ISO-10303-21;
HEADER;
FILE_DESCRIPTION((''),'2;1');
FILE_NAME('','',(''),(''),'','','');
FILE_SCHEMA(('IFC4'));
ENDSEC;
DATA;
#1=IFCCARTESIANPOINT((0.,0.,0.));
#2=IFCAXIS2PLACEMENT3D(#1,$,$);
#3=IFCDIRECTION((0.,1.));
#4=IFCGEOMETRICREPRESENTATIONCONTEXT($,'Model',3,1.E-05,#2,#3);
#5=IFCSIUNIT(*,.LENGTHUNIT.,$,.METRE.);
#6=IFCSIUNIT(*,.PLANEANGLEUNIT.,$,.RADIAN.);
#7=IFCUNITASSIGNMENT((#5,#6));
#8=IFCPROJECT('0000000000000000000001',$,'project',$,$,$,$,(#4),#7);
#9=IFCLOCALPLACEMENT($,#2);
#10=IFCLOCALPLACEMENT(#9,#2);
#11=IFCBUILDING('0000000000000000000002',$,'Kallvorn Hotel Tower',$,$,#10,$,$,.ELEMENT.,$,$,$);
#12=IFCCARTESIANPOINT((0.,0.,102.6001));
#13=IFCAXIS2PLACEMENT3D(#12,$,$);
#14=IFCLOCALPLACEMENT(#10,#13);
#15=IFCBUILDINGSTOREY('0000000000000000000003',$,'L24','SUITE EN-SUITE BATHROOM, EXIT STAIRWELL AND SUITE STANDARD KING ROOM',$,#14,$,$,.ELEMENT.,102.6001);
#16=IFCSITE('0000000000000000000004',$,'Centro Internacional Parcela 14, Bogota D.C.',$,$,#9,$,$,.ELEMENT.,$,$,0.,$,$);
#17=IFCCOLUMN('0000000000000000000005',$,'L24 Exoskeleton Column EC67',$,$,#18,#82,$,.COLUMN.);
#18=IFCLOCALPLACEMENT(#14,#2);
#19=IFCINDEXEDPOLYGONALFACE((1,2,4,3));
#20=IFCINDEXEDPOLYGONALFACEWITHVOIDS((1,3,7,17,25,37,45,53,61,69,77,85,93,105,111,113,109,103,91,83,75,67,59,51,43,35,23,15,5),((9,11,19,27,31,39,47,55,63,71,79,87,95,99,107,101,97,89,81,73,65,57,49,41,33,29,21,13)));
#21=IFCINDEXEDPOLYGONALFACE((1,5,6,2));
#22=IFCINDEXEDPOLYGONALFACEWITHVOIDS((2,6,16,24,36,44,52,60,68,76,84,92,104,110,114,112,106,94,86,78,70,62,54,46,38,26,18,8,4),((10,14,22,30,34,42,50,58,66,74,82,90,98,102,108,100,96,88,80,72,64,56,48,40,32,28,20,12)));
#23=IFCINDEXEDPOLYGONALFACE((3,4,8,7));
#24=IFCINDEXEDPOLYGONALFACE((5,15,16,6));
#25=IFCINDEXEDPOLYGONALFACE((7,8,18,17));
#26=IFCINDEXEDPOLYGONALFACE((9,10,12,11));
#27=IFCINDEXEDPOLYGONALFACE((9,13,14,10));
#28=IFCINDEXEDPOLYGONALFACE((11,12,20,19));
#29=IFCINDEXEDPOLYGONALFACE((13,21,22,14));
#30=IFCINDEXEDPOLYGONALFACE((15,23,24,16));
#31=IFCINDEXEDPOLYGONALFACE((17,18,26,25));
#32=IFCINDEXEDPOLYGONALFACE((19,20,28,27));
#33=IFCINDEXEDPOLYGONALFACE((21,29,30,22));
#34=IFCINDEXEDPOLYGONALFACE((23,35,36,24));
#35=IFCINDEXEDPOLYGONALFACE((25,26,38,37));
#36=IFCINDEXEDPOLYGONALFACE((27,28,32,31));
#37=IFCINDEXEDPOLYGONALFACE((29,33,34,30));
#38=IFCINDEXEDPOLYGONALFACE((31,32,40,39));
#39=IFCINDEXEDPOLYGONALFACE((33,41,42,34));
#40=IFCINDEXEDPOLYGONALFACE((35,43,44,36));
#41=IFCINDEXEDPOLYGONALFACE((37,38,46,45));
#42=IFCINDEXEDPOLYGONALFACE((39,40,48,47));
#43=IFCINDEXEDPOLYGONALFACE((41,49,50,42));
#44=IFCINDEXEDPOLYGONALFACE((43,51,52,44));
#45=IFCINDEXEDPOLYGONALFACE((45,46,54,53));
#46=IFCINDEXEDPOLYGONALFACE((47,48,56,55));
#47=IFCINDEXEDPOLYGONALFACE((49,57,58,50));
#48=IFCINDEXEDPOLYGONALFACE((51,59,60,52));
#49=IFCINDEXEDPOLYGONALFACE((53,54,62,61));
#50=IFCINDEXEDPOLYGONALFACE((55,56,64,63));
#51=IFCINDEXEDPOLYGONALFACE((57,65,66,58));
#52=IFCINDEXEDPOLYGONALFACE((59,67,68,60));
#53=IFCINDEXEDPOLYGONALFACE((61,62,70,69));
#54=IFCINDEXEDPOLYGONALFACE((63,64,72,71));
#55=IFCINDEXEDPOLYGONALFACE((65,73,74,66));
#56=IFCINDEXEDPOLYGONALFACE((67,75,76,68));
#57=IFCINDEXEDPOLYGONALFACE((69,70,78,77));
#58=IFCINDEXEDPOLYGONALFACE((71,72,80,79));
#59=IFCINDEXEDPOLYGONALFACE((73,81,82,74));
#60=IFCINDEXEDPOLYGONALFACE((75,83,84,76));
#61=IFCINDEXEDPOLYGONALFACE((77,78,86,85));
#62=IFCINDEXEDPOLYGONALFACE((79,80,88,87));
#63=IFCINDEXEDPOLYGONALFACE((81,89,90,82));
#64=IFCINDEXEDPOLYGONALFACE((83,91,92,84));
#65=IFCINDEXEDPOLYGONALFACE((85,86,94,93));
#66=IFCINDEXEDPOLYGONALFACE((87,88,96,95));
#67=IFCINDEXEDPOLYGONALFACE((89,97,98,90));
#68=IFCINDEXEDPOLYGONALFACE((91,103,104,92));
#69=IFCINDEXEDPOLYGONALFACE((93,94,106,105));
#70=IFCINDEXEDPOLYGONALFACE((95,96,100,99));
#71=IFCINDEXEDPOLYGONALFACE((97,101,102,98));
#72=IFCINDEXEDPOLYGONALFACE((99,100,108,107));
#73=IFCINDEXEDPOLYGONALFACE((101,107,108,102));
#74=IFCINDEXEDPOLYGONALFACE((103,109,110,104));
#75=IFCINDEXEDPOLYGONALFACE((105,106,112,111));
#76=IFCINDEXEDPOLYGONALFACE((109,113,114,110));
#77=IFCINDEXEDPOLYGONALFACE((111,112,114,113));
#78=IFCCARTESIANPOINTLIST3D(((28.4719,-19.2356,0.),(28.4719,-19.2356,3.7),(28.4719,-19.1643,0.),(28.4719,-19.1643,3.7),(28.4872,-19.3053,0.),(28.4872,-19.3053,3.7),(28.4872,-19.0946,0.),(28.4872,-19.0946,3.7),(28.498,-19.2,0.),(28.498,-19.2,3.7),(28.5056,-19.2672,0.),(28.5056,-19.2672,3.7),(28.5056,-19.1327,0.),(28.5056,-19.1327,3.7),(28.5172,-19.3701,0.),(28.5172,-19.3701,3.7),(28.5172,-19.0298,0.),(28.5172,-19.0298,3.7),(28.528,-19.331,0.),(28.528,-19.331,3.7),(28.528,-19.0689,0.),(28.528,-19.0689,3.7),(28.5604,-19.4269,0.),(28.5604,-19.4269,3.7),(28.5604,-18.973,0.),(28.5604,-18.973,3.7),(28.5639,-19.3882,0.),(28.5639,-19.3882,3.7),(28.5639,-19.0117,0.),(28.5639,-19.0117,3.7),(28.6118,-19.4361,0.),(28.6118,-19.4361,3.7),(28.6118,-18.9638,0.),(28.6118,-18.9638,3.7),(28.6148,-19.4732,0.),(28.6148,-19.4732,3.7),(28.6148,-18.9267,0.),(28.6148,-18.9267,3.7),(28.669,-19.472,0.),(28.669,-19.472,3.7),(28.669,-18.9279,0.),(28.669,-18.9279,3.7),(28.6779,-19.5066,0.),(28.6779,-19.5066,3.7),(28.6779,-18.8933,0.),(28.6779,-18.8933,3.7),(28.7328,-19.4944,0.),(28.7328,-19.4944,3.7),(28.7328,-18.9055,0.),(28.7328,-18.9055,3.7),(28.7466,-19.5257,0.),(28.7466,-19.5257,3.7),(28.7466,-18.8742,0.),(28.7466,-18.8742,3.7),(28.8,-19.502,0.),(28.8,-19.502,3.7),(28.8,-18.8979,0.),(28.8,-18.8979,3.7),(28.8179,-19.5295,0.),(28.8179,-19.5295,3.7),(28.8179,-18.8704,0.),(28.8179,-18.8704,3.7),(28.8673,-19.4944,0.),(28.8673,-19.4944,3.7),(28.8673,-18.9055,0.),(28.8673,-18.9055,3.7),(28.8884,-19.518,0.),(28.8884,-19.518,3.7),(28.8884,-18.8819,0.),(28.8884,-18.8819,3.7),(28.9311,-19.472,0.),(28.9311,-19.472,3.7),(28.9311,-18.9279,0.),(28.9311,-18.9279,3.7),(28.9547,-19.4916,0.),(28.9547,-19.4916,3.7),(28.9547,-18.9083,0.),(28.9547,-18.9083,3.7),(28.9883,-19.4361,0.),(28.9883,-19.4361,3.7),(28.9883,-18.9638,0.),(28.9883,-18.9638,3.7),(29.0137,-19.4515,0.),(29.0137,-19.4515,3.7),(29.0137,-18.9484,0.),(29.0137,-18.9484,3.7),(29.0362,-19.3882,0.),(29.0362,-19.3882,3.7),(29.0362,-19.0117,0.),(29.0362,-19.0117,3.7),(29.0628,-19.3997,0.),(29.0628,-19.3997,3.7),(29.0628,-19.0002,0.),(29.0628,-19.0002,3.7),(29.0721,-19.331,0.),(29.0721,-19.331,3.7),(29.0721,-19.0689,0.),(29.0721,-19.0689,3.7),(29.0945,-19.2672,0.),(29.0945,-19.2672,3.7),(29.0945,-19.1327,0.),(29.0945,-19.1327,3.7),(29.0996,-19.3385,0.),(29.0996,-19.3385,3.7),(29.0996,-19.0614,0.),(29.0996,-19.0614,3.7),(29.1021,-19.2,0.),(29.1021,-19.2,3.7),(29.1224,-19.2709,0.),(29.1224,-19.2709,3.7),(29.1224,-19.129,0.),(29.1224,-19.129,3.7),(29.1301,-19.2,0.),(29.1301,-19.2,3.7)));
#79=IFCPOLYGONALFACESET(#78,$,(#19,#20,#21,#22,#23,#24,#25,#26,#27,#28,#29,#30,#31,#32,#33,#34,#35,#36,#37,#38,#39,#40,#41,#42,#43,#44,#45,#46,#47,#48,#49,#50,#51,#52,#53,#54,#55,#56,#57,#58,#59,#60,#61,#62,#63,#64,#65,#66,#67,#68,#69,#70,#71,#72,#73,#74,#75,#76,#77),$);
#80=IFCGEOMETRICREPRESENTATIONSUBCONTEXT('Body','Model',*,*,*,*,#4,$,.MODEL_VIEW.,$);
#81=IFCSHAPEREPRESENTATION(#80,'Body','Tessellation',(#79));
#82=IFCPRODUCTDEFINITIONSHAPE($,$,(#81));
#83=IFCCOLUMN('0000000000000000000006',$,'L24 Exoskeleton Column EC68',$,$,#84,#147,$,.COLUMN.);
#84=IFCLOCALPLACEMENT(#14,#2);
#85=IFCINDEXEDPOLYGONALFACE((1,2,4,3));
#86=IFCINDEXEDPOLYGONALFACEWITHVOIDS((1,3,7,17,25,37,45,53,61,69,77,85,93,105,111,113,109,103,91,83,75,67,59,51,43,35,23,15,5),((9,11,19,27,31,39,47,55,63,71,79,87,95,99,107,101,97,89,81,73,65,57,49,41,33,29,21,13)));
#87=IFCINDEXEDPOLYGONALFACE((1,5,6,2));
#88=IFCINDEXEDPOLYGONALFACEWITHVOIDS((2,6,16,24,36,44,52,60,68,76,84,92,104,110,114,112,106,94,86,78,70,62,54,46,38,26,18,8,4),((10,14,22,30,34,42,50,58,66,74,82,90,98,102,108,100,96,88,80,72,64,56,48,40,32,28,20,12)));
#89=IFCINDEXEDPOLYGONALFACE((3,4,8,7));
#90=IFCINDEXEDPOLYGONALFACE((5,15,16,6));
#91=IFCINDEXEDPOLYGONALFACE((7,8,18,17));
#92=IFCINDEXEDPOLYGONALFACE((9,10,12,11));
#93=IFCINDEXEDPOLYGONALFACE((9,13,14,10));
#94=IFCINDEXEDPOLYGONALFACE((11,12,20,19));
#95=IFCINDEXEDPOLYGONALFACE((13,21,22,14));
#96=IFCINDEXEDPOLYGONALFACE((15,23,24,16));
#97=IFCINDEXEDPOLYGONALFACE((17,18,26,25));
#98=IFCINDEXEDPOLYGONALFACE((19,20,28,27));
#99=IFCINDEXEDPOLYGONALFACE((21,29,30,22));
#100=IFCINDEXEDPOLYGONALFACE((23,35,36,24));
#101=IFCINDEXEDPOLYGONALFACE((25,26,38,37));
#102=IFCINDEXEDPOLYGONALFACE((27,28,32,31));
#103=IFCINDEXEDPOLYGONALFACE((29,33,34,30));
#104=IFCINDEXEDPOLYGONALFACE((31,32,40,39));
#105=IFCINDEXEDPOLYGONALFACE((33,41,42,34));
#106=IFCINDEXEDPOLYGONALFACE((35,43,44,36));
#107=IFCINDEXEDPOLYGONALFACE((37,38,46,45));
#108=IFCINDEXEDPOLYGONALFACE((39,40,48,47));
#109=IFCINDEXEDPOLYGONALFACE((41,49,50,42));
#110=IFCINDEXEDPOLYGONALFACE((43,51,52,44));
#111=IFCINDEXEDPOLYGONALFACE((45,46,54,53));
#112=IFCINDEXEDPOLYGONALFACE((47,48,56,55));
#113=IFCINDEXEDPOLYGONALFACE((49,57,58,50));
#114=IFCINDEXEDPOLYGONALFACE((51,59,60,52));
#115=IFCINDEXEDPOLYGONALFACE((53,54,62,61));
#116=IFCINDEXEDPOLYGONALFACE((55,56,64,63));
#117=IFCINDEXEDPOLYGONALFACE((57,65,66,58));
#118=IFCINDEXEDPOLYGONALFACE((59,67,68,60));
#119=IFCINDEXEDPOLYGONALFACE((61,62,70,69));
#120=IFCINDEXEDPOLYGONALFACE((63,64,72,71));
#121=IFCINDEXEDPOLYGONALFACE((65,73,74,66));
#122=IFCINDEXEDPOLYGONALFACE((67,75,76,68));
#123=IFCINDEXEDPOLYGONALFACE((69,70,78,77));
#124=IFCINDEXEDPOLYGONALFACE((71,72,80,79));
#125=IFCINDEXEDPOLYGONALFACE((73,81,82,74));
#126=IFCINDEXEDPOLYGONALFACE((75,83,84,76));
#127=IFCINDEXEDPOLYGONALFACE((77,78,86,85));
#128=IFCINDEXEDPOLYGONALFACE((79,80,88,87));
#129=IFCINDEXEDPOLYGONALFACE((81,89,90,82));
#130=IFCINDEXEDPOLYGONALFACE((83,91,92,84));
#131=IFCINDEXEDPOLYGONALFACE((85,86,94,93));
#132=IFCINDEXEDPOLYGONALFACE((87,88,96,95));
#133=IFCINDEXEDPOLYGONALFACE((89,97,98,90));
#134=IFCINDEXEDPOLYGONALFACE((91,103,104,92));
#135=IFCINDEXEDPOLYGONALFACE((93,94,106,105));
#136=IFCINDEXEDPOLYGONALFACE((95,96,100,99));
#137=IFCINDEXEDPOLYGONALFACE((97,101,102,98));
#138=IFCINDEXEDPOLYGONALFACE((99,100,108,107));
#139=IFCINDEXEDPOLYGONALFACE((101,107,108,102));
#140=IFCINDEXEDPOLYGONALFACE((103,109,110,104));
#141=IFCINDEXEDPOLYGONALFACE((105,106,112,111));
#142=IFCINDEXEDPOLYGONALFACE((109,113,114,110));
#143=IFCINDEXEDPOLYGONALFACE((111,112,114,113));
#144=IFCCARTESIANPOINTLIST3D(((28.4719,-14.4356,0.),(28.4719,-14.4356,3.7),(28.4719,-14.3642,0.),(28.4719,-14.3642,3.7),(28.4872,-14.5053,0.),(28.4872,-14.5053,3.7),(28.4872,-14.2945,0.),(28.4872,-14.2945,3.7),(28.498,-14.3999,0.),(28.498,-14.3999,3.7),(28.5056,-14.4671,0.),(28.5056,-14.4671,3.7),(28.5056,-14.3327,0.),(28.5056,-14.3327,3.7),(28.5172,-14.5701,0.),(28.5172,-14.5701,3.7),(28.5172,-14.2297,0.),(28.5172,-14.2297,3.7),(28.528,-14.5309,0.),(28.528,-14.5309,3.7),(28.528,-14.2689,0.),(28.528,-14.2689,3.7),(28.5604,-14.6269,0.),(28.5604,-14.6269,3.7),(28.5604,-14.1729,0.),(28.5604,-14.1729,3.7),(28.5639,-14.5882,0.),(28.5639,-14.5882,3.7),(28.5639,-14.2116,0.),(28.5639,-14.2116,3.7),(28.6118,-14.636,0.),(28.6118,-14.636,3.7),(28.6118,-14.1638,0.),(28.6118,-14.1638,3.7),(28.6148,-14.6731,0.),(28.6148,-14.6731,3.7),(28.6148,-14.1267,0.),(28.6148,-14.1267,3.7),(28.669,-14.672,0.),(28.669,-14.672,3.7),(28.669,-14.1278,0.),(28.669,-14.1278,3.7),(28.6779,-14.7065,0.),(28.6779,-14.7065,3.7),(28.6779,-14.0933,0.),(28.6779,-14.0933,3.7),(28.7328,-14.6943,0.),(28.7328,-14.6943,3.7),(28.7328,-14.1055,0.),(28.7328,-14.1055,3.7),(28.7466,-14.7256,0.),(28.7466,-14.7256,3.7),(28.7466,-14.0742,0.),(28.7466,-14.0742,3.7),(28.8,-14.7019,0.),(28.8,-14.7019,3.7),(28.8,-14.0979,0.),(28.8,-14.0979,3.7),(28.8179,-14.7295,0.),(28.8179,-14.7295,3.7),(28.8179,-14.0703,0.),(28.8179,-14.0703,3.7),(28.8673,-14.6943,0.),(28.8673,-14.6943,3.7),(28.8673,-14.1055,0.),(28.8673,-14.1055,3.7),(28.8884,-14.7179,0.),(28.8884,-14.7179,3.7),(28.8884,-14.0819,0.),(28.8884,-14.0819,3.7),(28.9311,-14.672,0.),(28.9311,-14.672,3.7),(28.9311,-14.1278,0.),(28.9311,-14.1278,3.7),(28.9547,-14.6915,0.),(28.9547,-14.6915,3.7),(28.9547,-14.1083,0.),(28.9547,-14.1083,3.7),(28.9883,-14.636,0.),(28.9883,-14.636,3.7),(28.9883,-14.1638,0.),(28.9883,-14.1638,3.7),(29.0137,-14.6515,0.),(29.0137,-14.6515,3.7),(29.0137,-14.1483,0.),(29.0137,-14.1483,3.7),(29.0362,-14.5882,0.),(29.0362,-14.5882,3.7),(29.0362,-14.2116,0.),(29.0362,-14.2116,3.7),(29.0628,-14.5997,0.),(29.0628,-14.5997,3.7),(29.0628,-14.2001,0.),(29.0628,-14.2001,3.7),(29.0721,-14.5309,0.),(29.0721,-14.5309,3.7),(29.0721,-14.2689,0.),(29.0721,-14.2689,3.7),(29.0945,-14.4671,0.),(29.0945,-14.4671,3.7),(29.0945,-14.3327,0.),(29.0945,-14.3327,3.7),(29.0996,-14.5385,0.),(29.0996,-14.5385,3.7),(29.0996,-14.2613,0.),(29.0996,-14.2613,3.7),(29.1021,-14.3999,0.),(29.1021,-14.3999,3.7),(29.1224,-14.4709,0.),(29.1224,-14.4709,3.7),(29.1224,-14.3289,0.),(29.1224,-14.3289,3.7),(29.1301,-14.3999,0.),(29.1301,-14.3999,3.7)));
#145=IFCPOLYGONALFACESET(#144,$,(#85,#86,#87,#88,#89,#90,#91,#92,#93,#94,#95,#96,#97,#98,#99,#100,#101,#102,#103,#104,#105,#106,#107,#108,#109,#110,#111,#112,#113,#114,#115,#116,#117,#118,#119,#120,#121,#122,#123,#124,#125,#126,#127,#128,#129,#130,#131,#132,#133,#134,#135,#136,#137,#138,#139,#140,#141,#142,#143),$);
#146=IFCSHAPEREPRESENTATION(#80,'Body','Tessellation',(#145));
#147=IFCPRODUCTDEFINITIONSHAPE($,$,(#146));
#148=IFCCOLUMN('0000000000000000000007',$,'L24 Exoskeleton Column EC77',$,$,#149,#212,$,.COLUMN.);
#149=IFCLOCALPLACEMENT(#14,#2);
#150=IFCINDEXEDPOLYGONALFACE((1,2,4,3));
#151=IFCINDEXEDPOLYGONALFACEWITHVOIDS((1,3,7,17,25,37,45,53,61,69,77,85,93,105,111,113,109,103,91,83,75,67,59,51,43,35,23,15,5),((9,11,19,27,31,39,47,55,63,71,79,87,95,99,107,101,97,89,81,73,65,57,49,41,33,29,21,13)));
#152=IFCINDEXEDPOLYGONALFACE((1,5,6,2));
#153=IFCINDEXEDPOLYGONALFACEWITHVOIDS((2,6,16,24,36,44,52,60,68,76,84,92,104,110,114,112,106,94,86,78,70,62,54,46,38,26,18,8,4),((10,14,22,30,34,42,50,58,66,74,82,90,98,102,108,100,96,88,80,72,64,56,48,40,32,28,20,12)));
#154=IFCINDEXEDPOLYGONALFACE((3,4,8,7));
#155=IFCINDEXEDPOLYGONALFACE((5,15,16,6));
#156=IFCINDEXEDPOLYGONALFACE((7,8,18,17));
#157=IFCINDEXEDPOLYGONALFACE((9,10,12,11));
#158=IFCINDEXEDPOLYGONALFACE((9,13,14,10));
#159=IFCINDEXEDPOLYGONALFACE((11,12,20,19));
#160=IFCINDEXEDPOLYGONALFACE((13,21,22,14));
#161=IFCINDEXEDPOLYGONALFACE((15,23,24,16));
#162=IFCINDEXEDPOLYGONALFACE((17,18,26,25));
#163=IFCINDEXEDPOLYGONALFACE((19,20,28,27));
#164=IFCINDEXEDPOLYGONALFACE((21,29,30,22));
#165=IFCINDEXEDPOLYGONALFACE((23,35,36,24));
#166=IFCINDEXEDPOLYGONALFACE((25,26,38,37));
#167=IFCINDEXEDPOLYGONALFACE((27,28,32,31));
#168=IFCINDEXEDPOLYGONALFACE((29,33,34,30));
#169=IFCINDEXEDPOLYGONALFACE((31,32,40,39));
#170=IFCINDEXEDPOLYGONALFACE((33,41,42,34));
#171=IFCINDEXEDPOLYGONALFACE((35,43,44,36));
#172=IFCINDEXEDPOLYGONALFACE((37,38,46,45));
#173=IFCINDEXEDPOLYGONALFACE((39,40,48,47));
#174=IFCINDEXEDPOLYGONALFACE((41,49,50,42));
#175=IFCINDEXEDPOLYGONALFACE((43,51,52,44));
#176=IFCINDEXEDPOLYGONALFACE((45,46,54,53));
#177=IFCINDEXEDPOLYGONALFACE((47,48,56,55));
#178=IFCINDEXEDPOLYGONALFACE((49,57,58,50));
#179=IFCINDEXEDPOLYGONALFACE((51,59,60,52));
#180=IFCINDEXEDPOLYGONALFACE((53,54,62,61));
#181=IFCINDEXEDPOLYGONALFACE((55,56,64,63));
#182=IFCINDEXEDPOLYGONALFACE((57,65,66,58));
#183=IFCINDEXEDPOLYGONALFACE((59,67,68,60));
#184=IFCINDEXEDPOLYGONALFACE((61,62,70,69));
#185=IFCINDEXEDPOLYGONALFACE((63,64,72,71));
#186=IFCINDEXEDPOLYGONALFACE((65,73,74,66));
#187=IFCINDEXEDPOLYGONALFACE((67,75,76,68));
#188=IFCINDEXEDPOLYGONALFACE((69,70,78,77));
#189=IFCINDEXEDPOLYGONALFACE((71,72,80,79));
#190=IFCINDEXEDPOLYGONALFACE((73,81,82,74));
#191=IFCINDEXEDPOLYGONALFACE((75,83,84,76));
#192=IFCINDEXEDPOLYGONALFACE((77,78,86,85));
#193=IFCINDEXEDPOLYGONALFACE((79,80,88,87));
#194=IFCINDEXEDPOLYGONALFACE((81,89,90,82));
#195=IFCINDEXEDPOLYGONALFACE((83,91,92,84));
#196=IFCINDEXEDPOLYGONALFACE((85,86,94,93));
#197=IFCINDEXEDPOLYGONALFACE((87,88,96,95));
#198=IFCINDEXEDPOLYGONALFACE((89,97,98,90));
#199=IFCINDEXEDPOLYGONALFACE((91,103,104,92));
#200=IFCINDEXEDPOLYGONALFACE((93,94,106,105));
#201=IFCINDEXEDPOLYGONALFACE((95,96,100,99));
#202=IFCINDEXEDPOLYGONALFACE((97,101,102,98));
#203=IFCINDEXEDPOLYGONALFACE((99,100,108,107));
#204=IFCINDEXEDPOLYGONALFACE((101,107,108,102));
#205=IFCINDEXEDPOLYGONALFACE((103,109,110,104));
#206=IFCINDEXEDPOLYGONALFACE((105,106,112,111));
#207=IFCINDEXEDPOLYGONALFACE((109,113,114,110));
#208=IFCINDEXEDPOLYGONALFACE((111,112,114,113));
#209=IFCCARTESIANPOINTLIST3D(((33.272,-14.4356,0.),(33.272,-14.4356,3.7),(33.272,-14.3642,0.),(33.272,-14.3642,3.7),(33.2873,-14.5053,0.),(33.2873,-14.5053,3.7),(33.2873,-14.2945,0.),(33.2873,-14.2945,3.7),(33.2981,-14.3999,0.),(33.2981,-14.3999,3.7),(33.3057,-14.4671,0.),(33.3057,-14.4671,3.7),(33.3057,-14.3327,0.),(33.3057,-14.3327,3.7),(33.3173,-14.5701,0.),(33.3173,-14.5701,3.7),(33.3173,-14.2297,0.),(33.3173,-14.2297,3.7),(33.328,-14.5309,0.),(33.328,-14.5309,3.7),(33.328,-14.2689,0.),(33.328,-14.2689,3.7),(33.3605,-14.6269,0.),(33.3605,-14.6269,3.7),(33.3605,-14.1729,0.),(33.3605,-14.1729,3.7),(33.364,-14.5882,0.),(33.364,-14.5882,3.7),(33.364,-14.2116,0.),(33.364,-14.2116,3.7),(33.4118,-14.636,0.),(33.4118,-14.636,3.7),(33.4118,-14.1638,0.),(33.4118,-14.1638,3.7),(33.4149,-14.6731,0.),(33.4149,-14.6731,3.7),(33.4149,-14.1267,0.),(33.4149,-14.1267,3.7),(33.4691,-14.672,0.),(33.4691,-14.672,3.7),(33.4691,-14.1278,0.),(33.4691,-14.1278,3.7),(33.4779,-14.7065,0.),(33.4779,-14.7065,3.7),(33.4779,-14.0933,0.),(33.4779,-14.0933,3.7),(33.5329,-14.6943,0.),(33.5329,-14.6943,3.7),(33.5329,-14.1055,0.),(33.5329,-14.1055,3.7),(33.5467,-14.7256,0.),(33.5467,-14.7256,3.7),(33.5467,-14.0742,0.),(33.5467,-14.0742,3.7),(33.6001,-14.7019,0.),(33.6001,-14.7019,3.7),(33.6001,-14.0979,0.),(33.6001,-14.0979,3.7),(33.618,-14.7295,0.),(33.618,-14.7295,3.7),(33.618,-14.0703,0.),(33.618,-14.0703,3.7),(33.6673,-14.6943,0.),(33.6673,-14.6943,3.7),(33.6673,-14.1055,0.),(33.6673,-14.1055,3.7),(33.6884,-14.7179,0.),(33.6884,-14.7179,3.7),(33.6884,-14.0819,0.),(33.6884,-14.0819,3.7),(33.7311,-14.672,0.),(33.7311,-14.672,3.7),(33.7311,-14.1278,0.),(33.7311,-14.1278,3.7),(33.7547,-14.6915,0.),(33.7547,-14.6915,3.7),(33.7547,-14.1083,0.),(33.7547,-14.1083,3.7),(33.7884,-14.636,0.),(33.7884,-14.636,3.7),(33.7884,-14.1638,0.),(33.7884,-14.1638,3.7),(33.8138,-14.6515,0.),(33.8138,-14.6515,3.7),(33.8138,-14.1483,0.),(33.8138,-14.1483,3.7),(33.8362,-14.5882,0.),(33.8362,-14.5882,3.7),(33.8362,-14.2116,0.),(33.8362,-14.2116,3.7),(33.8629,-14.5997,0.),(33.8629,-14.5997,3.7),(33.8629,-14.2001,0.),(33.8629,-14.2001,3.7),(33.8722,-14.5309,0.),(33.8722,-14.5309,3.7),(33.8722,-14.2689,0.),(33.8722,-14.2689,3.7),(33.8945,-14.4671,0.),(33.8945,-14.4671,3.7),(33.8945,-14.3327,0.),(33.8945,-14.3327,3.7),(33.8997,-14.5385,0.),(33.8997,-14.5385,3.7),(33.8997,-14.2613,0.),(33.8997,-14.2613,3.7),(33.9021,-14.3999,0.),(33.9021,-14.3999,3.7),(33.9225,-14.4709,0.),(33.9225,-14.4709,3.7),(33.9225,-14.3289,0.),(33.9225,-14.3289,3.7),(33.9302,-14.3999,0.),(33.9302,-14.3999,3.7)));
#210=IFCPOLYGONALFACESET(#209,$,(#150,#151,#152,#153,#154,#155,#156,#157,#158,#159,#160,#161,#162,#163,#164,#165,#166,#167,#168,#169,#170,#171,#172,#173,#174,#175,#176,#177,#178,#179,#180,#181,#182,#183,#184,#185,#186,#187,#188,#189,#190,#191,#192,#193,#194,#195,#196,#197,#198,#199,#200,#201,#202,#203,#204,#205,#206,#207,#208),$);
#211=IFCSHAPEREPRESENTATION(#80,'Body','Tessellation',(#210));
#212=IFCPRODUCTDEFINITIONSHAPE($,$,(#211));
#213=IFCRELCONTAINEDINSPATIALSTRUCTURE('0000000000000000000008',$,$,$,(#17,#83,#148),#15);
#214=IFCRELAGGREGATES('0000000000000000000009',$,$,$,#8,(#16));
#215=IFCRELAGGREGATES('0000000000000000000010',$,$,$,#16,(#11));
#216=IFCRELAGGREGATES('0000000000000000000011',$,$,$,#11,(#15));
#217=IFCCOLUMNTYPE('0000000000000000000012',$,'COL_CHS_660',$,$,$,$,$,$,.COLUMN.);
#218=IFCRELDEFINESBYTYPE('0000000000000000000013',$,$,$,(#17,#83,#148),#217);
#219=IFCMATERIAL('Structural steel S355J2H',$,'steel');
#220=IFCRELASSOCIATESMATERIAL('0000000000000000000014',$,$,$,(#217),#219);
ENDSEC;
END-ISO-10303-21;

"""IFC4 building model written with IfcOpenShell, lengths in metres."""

from ifc_helpers import new_model, si_unit, direction, frame, origin, origin_2d, place, context, subcontext, project, spatial, hollow_circle, extrude, material, material_profile, profile_set, type_object, element, save


model = new_model("IFC4")

# Units and contexts
model_context = context("Model", 3, precision=1e-05, world=origin(), true_north=direction((0.0, 1.0)))
body_context = subcontext(model_context, "Body", "Model", "MODEL_VIEW")
ifc_project = project(units=[si_unit("LENGTHUNIT", "METRE"), si_unit("PLANEANGLEUNIT", "RADIAN")], contexts=[model_context])

# Site, building, storey
site_placement = place(None, origin())
site = spatial("IfcSite", under=ifc_project, at=site_placement, Name="Centro Internacional Parcela 14, Bogota D.C.", CompositionType="ELEMENT", RefElevation=0.0)
building_placement = place(site_placement, origin())
building = spatial("IfcBuilding", under=site, at=building_placement, Name="Kallvorn Hotel Tower", CompositionType="ELEMENT")
storey_placement = place(building_placement, frame((0.0, 0.0, 102.6001)))
storey = spatial("IfcBuildingStorey", under=building, at=storey_placement, Name="L24", Description="SUITE EN-SUITE BATHROOM, EXIT STAIRWELL AND SUITE STANDARD KING ROOM", CompositionType="ELEMENT", Elevation=102.6001)

# Columns
ifc_material_1 = material(Name="Structural steel S355J2H", Category="steel")
ifc_material_profile_1 = material_profile(ifc_material_1, hollow_circle(Radius=0.3301, WallThickness=0.0281, at=origin_2d()), Name="CHS 660x28")
ifc_profile_set_1 = profile_set([ifc_material_profile_1], Name="Structural steel S355J2H")
column_type_1 = type_object("IfcColumnType", Name="COL_CHS_660", PredefinedType="COLUMN", material=ifc_profile_set_1)
for number, where, z_axis, x_axis, name in (
    (1, (28.8, -19.2, 0.0), (0.0, 0.0, 1.0), (1.0, 0.0, 0.0), "L24 Exoskeleton Column EC67"),
    (2, (28.8, -14.3999, 0.0), (0.0, 0.0, 1.0), (1.0, 0.0, 0.0), "L24 Exoskeleton Column EC68"),
    (3, (33.6001, -14.3999, 0.0), (0.0, 0.0, 1.0), (1.0, 0.0, 0.0), "L24 Exoskeleton Column EC77"),
):
    element("IfcColumn", number, at=place(storey_placement, frame(where, z_axis=z_axis, x_axis=x_axis)), inside=storey, type_object=column_type_1, Name=name, PredefinedType="COLUMN", context=body_context, shape_type="SweptSolid", body=[
        extrude(hollow_circle(Radius=0.3301, WallThickness=0.0281, at=origin_2d()), origin(), (0.0, 0.0, 1.0), 3.7),
    ])

save(model, "model.ifc")
